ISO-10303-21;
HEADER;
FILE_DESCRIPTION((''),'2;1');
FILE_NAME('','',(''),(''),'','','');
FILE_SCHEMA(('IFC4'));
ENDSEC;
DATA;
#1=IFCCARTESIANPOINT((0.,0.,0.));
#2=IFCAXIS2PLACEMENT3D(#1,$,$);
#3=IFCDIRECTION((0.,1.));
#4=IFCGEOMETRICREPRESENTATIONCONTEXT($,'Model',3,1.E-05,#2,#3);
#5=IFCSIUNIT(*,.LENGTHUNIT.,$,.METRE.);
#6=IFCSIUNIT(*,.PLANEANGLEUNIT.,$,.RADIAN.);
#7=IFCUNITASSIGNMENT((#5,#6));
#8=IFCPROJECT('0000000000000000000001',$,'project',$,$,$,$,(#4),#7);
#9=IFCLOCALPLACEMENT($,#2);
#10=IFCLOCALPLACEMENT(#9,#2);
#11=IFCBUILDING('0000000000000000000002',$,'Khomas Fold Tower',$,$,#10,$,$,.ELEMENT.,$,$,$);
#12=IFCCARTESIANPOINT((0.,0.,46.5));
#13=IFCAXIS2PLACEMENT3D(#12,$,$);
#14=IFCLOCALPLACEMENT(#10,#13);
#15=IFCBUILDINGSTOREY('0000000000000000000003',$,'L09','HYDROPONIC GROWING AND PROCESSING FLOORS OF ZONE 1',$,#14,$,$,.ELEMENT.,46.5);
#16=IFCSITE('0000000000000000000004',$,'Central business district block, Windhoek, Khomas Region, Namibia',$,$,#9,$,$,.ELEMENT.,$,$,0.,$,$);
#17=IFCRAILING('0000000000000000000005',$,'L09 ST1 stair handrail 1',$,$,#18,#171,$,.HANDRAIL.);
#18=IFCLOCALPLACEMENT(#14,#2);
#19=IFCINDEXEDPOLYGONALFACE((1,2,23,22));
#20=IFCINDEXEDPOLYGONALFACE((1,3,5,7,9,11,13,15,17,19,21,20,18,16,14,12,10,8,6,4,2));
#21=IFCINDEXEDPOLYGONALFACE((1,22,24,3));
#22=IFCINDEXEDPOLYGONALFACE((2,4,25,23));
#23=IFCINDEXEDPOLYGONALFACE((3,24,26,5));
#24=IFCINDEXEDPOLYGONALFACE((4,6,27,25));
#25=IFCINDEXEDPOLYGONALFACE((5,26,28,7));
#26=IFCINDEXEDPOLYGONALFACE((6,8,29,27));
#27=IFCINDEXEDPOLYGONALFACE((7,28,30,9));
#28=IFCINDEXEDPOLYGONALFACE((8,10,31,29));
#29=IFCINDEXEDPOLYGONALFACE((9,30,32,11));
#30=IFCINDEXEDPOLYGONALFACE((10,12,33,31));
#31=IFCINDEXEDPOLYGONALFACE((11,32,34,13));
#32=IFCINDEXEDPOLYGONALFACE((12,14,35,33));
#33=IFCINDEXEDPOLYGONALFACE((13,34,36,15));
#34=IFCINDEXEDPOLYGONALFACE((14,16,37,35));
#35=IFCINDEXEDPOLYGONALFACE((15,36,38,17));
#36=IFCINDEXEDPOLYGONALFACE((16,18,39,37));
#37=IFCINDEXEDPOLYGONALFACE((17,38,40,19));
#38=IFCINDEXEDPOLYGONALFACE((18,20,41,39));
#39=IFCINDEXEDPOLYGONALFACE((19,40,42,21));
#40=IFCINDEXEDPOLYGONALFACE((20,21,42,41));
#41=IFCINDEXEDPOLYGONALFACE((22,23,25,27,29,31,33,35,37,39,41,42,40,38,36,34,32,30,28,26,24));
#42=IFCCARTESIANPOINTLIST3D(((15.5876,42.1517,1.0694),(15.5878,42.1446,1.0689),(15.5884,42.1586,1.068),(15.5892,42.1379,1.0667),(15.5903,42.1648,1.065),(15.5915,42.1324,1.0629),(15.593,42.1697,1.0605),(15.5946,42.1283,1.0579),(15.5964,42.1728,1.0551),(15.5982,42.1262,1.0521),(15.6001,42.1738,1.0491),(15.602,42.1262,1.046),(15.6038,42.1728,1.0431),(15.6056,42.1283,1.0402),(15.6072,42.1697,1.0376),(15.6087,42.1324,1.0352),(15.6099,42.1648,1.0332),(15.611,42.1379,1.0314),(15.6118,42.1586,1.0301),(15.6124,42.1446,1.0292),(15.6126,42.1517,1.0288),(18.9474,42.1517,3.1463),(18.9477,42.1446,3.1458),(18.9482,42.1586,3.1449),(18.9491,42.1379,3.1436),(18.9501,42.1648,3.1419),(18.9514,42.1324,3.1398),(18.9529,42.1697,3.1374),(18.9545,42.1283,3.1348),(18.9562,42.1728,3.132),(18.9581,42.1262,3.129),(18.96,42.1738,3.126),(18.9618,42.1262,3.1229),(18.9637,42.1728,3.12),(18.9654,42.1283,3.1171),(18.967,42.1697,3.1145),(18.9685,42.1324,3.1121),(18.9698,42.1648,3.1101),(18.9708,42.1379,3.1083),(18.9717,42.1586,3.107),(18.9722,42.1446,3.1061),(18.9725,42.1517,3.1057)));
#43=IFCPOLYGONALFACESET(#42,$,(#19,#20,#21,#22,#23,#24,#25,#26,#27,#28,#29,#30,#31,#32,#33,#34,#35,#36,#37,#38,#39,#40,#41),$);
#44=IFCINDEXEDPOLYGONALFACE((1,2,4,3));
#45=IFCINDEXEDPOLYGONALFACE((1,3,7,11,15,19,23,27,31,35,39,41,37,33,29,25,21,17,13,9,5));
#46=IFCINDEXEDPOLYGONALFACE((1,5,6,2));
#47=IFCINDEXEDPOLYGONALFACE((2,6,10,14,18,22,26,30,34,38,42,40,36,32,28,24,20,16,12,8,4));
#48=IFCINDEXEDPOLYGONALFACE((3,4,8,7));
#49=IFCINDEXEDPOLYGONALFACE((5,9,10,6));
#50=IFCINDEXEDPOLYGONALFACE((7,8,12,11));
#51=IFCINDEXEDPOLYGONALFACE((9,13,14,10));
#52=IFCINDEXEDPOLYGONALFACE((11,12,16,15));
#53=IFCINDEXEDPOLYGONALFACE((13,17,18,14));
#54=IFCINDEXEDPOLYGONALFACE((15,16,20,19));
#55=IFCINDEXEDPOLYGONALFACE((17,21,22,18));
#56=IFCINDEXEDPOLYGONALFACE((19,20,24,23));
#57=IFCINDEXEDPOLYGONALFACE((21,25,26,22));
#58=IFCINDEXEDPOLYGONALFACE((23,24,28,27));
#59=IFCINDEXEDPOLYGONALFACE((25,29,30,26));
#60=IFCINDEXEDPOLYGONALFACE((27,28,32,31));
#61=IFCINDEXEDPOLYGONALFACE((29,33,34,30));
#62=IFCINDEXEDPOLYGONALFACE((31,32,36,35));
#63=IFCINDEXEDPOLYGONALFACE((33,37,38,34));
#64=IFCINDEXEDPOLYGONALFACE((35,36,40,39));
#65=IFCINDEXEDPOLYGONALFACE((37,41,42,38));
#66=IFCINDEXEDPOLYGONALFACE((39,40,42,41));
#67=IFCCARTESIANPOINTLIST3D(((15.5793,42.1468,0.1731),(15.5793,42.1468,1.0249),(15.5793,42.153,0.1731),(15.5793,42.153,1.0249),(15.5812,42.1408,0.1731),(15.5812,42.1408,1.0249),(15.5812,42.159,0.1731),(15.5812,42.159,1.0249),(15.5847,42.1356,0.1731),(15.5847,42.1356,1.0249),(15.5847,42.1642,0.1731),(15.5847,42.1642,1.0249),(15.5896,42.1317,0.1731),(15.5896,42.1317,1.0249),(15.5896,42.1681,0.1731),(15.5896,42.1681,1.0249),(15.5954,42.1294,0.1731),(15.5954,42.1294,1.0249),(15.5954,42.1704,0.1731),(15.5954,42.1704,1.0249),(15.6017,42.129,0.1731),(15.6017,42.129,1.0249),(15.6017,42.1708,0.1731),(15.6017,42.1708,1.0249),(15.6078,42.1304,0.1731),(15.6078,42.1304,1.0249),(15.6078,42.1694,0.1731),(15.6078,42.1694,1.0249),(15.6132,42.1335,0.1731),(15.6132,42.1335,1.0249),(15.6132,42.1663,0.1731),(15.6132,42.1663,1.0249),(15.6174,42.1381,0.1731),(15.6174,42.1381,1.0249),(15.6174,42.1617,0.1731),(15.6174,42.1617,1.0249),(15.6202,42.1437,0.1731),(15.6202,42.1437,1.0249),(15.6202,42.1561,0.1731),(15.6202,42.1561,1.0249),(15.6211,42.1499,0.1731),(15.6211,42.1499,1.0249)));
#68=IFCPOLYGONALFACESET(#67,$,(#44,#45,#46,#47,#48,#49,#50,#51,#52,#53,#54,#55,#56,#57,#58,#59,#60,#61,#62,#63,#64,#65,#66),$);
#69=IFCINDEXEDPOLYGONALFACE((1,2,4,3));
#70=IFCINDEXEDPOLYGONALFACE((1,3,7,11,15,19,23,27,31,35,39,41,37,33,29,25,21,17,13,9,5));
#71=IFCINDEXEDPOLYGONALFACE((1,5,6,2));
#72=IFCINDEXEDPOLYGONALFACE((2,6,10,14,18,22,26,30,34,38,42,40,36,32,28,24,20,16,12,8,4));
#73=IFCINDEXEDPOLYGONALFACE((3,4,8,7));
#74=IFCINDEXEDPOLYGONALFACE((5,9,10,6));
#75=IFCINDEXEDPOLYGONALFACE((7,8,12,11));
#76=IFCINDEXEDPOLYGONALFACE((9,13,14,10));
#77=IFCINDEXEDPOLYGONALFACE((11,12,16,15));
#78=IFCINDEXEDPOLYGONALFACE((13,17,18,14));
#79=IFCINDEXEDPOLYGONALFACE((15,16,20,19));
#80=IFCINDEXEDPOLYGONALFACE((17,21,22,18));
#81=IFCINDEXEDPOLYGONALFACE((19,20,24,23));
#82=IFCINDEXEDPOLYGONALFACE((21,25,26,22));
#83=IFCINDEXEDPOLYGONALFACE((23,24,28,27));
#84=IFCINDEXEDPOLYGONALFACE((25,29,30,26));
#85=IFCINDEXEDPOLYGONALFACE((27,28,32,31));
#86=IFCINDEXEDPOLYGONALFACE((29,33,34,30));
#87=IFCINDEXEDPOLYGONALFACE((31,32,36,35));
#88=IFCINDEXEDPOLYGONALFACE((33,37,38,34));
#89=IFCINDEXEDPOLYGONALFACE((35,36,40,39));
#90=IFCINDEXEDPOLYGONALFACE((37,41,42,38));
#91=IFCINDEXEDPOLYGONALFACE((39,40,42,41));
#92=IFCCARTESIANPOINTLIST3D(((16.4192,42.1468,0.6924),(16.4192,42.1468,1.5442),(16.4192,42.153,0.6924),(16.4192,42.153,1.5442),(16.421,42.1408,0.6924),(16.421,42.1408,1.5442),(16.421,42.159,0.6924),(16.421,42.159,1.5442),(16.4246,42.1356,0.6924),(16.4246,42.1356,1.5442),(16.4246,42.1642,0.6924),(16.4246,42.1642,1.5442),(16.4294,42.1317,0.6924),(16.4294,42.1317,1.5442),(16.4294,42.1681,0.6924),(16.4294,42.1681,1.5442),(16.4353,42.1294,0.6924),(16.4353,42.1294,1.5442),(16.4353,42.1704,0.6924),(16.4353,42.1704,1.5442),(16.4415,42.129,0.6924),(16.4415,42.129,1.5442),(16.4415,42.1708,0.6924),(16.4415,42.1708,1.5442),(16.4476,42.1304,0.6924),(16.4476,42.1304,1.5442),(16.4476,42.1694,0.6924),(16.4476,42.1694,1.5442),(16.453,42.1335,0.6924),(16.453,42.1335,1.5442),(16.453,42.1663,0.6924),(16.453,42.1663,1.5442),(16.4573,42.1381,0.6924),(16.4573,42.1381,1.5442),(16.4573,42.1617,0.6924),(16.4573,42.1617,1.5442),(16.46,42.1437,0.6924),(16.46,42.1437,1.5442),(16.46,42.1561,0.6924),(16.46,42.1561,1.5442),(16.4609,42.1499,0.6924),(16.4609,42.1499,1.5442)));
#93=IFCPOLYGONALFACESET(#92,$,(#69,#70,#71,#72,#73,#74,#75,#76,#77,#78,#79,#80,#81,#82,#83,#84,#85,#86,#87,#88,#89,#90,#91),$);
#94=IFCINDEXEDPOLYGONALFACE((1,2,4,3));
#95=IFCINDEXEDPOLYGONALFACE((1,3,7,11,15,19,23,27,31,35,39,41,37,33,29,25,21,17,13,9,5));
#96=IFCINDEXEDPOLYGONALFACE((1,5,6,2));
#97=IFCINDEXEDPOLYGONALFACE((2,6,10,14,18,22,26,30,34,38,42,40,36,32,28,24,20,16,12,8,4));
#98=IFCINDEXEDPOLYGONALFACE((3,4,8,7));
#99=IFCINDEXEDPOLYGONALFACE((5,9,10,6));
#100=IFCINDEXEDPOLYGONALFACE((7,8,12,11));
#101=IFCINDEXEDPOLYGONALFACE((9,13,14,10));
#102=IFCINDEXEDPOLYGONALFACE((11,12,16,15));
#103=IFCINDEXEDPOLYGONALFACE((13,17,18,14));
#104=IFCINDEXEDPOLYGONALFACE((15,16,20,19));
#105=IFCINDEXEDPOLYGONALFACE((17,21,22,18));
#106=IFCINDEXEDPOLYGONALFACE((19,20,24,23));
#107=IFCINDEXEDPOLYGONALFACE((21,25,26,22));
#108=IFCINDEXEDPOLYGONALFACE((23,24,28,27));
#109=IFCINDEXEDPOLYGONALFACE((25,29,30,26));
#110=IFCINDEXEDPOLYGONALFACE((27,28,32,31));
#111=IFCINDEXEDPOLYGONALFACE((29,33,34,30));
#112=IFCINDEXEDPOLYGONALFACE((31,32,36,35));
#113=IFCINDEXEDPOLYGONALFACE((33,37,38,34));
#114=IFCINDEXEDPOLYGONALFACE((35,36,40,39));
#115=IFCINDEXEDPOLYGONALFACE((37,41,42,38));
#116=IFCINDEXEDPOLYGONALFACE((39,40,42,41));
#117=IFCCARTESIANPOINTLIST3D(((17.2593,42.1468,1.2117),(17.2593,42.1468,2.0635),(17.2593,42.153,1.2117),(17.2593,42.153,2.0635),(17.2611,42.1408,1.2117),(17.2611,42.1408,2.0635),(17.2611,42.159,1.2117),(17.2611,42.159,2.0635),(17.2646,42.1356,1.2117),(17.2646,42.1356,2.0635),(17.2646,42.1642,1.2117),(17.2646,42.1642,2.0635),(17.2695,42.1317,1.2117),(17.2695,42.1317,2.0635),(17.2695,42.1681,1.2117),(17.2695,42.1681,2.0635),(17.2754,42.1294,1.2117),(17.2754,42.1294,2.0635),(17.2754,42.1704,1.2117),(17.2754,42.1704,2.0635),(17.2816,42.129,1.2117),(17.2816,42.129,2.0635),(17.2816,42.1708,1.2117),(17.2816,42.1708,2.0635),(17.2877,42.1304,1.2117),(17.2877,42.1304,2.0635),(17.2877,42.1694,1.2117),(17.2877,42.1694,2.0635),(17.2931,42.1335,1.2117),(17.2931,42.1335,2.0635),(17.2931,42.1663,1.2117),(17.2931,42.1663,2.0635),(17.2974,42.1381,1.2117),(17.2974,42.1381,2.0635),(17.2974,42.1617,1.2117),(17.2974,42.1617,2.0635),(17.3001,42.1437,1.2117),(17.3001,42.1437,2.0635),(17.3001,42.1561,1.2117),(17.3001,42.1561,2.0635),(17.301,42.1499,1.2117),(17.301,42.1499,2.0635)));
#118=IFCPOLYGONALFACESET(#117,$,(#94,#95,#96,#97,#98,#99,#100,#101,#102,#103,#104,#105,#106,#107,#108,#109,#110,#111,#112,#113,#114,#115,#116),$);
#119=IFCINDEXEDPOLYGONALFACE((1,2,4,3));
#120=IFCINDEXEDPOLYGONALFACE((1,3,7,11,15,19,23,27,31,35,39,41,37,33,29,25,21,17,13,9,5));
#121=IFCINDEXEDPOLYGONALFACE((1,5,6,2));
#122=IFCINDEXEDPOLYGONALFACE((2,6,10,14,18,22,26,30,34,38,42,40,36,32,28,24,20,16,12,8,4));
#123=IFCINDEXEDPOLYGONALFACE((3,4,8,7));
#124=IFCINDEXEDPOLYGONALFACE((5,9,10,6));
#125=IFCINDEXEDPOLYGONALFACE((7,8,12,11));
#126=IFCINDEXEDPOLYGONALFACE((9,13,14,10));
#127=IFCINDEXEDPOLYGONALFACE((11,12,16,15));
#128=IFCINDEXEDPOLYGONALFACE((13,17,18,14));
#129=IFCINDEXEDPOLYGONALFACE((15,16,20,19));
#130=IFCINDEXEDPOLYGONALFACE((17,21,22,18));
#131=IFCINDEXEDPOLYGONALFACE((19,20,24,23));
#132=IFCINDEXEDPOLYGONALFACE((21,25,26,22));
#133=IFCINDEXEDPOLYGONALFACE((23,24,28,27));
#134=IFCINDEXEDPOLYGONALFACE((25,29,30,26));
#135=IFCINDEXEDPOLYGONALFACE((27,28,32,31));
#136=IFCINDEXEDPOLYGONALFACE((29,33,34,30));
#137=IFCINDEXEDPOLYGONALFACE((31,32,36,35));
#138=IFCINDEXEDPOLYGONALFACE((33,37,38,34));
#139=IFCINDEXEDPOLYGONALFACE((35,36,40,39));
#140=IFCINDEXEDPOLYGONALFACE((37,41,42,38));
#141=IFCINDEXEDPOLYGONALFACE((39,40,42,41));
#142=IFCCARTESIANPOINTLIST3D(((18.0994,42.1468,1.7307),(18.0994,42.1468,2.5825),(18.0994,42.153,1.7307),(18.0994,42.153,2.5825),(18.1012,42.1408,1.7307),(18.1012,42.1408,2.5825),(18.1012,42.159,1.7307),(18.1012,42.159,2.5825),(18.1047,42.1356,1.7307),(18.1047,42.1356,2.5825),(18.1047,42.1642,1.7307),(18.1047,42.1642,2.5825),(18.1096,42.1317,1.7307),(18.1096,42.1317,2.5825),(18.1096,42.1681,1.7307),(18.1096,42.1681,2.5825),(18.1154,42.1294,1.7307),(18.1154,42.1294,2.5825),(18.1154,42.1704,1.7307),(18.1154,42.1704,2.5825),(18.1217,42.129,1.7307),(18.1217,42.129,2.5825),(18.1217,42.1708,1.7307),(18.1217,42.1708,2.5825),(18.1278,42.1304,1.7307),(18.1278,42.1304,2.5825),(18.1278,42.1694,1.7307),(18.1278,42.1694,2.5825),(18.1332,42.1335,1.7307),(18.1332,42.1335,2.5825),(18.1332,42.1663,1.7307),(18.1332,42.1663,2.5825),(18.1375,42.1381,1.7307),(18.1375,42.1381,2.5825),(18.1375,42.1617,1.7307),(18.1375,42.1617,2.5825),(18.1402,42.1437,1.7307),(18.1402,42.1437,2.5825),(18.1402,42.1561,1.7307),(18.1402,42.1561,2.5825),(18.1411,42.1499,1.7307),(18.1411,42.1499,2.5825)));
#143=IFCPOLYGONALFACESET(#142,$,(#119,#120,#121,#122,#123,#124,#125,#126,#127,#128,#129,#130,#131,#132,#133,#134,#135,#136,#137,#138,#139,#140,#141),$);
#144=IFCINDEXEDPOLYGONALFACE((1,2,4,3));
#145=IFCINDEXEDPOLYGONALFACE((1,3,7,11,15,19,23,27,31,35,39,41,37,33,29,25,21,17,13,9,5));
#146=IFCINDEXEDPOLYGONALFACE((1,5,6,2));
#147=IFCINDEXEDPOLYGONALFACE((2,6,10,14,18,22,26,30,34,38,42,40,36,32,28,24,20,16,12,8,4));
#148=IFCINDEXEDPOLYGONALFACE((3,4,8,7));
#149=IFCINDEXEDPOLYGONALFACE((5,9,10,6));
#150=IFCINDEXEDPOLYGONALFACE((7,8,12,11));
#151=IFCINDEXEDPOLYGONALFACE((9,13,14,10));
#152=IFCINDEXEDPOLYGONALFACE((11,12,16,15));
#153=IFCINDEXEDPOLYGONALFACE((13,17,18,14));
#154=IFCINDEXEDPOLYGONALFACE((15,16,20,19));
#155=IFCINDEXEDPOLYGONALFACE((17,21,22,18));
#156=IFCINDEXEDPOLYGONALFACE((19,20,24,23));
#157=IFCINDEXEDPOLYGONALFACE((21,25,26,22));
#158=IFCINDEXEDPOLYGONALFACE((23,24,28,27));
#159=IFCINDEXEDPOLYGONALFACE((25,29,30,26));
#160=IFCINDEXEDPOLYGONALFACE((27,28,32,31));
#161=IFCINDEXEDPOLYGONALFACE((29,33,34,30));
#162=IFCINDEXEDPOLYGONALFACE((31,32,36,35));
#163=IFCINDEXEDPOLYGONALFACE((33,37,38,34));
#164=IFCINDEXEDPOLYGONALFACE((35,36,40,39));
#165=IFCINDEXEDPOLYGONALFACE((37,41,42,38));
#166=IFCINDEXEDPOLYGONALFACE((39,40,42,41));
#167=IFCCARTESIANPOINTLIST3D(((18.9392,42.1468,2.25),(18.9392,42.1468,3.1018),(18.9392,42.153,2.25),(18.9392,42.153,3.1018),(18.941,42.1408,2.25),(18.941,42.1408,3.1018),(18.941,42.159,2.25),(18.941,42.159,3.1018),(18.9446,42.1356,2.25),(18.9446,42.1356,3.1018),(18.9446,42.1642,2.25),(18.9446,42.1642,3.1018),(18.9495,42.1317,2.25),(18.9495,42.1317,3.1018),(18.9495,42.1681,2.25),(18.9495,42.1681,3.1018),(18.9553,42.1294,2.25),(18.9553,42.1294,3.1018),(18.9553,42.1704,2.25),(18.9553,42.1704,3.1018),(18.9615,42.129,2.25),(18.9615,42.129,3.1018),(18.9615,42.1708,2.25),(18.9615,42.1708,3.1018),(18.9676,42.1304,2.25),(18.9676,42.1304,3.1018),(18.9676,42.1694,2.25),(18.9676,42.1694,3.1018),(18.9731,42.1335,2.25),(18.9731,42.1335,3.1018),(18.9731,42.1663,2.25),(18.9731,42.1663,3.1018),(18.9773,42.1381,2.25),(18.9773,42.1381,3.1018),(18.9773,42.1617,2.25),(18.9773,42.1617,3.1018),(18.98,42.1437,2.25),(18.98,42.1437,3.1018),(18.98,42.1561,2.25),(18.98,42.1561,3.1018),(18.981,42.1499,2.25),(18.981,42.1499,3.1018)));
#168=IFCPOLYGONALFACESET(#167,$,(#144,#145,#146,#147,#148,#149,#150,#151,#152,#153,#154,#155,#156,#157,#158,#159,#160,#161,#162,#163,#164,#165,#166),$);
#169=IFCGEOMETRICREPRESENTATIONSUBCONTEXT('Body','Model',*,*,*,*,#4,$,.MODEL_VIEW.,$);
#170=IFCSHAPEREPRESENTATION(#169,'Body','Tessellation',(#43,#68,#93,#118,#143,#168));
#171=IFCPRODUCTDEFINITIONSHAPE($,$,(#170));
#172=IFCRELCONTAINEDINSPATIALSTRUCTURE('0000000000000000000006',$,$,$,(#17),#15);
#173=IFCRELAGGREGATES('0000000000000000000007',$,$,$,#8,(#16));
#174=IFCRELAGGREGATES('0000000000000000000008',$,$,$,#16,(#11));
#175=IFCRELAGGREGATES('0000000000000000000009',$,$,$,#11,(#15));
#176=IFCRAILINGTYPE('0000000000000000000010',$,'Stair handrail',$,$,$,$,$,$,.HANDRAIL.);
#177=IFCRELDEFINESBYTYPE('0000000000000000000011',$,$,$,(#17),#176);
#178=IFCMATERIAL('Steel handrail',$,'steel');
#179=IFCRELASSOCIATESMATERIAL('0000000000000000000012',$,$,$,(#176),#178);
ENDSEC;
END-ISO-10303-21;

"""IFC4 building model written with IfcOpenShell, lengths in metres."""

from ifc_helpers import new_model, si_unit, direction, frame, origin, origin_2d, place, context, subcontext, project, spatial, circle, extrude, source, transform, mapped, material, type_object, element, save


model = new_model("IFC4")

# Units and contexts
model_context = context("Model", 3, precision=1e-05, world=origin(), true_north=direction((0.0, 1.0)))
body_context = subcontext(model_context, "Body", "Model", "MODEL_VIEW")
ifc_project = project(units=[si_unit("LENGTHUNIT", "METRE"), si_unit("PLANEANGLEUNIT", "RADIAN")], contexts=[model_context])

# Site, building, storey
site_placement = place(None, origin())
site = spatial("IfcSite", under=ifc_project, at=site_placement, Name="Central business district block, Windhoek, Khomas Region, Namibia", CompositionType="ELEMENT", RefElevation=0.0)
building_placement = place(site_placement, origin())
building = spatial("IfcBuilding", under=site, at=building_placement, Name="Khomas Fold Tower", CompositionType="ELEMENT")
storey_placement = place(building_placement, frame((0.0, 0.0, 46.5)))
storey = spatial("IfcBuildingStorey", under=building, at=storey_placement, Name="L09", Description="HYDROPONIC GROWING AND PROCESSING FLOORS OF ZONE 1", CompositionType="ELEMENT", Elevation=46.5)

# Railing
ifc_material_1 = material(Name="Steel handrail", Category="steel")
railing_type_1 = type_object("IfcRailingType", Name="Stair handrail", PredefinedType="HANDRAIL", material=ifc_material_1)
shared_shape_1 = source(origin(), body_context, "Body", "SweptSolid", [
    extrude(circle(Radius=0.0239, at=origin_2d()), frame((0.0, 0.0, 0.876), z_axis=(0.850606, 0.0, 0.525803), x_axis=(0.0, 1.0, 0.0)), (0.0, 0.0, 1.0), 3.95),
    extrude(circle(Radius=0.021, at=origin_2d()), origin(), (0.0, 0.0, 1.0), 0.8518),
    extrude(circle(Radius=0.021, at=origin_2d()), frame((0.8398, 0.0, 0.5193)), (0.0, 0.0, 1.0), 0.8518),
    extrude(circle(Radius=0.021, at=origin_2d()), frame((1.6799, 0.0, 1.0386)), (0.0, 0.0, 1.0), 0.8518),
    extrude(circle(Radius=0.021, at=origin_2d()), frame((2.52, 0.0, 1.5576)), (0.0, 0.0, 1.0), 0.8518),
    extrude(circle(Radius=0.021, at=origin_2d()), frame((3.3599, 0.0, 2.0769)), (0.0, 0.0, 1.0), 0.8518),
])
railing_1_placement = place(storey_placement, frame((15.6001, 42.1499, 0.1731)))
element("IfcRailing", 1, at=railing_1_placement, inside=storey, type_object=railing_type_1, Name="L09 ST1 stair handrail 1", PredefinedType="HANDRAIL", context=body_context, shape_type="MappedRepresentation", body=[
    mapped(shared_shape_1, transform((0.0, 0.0, 0.0))),
])

save(model, "model.ifc")
